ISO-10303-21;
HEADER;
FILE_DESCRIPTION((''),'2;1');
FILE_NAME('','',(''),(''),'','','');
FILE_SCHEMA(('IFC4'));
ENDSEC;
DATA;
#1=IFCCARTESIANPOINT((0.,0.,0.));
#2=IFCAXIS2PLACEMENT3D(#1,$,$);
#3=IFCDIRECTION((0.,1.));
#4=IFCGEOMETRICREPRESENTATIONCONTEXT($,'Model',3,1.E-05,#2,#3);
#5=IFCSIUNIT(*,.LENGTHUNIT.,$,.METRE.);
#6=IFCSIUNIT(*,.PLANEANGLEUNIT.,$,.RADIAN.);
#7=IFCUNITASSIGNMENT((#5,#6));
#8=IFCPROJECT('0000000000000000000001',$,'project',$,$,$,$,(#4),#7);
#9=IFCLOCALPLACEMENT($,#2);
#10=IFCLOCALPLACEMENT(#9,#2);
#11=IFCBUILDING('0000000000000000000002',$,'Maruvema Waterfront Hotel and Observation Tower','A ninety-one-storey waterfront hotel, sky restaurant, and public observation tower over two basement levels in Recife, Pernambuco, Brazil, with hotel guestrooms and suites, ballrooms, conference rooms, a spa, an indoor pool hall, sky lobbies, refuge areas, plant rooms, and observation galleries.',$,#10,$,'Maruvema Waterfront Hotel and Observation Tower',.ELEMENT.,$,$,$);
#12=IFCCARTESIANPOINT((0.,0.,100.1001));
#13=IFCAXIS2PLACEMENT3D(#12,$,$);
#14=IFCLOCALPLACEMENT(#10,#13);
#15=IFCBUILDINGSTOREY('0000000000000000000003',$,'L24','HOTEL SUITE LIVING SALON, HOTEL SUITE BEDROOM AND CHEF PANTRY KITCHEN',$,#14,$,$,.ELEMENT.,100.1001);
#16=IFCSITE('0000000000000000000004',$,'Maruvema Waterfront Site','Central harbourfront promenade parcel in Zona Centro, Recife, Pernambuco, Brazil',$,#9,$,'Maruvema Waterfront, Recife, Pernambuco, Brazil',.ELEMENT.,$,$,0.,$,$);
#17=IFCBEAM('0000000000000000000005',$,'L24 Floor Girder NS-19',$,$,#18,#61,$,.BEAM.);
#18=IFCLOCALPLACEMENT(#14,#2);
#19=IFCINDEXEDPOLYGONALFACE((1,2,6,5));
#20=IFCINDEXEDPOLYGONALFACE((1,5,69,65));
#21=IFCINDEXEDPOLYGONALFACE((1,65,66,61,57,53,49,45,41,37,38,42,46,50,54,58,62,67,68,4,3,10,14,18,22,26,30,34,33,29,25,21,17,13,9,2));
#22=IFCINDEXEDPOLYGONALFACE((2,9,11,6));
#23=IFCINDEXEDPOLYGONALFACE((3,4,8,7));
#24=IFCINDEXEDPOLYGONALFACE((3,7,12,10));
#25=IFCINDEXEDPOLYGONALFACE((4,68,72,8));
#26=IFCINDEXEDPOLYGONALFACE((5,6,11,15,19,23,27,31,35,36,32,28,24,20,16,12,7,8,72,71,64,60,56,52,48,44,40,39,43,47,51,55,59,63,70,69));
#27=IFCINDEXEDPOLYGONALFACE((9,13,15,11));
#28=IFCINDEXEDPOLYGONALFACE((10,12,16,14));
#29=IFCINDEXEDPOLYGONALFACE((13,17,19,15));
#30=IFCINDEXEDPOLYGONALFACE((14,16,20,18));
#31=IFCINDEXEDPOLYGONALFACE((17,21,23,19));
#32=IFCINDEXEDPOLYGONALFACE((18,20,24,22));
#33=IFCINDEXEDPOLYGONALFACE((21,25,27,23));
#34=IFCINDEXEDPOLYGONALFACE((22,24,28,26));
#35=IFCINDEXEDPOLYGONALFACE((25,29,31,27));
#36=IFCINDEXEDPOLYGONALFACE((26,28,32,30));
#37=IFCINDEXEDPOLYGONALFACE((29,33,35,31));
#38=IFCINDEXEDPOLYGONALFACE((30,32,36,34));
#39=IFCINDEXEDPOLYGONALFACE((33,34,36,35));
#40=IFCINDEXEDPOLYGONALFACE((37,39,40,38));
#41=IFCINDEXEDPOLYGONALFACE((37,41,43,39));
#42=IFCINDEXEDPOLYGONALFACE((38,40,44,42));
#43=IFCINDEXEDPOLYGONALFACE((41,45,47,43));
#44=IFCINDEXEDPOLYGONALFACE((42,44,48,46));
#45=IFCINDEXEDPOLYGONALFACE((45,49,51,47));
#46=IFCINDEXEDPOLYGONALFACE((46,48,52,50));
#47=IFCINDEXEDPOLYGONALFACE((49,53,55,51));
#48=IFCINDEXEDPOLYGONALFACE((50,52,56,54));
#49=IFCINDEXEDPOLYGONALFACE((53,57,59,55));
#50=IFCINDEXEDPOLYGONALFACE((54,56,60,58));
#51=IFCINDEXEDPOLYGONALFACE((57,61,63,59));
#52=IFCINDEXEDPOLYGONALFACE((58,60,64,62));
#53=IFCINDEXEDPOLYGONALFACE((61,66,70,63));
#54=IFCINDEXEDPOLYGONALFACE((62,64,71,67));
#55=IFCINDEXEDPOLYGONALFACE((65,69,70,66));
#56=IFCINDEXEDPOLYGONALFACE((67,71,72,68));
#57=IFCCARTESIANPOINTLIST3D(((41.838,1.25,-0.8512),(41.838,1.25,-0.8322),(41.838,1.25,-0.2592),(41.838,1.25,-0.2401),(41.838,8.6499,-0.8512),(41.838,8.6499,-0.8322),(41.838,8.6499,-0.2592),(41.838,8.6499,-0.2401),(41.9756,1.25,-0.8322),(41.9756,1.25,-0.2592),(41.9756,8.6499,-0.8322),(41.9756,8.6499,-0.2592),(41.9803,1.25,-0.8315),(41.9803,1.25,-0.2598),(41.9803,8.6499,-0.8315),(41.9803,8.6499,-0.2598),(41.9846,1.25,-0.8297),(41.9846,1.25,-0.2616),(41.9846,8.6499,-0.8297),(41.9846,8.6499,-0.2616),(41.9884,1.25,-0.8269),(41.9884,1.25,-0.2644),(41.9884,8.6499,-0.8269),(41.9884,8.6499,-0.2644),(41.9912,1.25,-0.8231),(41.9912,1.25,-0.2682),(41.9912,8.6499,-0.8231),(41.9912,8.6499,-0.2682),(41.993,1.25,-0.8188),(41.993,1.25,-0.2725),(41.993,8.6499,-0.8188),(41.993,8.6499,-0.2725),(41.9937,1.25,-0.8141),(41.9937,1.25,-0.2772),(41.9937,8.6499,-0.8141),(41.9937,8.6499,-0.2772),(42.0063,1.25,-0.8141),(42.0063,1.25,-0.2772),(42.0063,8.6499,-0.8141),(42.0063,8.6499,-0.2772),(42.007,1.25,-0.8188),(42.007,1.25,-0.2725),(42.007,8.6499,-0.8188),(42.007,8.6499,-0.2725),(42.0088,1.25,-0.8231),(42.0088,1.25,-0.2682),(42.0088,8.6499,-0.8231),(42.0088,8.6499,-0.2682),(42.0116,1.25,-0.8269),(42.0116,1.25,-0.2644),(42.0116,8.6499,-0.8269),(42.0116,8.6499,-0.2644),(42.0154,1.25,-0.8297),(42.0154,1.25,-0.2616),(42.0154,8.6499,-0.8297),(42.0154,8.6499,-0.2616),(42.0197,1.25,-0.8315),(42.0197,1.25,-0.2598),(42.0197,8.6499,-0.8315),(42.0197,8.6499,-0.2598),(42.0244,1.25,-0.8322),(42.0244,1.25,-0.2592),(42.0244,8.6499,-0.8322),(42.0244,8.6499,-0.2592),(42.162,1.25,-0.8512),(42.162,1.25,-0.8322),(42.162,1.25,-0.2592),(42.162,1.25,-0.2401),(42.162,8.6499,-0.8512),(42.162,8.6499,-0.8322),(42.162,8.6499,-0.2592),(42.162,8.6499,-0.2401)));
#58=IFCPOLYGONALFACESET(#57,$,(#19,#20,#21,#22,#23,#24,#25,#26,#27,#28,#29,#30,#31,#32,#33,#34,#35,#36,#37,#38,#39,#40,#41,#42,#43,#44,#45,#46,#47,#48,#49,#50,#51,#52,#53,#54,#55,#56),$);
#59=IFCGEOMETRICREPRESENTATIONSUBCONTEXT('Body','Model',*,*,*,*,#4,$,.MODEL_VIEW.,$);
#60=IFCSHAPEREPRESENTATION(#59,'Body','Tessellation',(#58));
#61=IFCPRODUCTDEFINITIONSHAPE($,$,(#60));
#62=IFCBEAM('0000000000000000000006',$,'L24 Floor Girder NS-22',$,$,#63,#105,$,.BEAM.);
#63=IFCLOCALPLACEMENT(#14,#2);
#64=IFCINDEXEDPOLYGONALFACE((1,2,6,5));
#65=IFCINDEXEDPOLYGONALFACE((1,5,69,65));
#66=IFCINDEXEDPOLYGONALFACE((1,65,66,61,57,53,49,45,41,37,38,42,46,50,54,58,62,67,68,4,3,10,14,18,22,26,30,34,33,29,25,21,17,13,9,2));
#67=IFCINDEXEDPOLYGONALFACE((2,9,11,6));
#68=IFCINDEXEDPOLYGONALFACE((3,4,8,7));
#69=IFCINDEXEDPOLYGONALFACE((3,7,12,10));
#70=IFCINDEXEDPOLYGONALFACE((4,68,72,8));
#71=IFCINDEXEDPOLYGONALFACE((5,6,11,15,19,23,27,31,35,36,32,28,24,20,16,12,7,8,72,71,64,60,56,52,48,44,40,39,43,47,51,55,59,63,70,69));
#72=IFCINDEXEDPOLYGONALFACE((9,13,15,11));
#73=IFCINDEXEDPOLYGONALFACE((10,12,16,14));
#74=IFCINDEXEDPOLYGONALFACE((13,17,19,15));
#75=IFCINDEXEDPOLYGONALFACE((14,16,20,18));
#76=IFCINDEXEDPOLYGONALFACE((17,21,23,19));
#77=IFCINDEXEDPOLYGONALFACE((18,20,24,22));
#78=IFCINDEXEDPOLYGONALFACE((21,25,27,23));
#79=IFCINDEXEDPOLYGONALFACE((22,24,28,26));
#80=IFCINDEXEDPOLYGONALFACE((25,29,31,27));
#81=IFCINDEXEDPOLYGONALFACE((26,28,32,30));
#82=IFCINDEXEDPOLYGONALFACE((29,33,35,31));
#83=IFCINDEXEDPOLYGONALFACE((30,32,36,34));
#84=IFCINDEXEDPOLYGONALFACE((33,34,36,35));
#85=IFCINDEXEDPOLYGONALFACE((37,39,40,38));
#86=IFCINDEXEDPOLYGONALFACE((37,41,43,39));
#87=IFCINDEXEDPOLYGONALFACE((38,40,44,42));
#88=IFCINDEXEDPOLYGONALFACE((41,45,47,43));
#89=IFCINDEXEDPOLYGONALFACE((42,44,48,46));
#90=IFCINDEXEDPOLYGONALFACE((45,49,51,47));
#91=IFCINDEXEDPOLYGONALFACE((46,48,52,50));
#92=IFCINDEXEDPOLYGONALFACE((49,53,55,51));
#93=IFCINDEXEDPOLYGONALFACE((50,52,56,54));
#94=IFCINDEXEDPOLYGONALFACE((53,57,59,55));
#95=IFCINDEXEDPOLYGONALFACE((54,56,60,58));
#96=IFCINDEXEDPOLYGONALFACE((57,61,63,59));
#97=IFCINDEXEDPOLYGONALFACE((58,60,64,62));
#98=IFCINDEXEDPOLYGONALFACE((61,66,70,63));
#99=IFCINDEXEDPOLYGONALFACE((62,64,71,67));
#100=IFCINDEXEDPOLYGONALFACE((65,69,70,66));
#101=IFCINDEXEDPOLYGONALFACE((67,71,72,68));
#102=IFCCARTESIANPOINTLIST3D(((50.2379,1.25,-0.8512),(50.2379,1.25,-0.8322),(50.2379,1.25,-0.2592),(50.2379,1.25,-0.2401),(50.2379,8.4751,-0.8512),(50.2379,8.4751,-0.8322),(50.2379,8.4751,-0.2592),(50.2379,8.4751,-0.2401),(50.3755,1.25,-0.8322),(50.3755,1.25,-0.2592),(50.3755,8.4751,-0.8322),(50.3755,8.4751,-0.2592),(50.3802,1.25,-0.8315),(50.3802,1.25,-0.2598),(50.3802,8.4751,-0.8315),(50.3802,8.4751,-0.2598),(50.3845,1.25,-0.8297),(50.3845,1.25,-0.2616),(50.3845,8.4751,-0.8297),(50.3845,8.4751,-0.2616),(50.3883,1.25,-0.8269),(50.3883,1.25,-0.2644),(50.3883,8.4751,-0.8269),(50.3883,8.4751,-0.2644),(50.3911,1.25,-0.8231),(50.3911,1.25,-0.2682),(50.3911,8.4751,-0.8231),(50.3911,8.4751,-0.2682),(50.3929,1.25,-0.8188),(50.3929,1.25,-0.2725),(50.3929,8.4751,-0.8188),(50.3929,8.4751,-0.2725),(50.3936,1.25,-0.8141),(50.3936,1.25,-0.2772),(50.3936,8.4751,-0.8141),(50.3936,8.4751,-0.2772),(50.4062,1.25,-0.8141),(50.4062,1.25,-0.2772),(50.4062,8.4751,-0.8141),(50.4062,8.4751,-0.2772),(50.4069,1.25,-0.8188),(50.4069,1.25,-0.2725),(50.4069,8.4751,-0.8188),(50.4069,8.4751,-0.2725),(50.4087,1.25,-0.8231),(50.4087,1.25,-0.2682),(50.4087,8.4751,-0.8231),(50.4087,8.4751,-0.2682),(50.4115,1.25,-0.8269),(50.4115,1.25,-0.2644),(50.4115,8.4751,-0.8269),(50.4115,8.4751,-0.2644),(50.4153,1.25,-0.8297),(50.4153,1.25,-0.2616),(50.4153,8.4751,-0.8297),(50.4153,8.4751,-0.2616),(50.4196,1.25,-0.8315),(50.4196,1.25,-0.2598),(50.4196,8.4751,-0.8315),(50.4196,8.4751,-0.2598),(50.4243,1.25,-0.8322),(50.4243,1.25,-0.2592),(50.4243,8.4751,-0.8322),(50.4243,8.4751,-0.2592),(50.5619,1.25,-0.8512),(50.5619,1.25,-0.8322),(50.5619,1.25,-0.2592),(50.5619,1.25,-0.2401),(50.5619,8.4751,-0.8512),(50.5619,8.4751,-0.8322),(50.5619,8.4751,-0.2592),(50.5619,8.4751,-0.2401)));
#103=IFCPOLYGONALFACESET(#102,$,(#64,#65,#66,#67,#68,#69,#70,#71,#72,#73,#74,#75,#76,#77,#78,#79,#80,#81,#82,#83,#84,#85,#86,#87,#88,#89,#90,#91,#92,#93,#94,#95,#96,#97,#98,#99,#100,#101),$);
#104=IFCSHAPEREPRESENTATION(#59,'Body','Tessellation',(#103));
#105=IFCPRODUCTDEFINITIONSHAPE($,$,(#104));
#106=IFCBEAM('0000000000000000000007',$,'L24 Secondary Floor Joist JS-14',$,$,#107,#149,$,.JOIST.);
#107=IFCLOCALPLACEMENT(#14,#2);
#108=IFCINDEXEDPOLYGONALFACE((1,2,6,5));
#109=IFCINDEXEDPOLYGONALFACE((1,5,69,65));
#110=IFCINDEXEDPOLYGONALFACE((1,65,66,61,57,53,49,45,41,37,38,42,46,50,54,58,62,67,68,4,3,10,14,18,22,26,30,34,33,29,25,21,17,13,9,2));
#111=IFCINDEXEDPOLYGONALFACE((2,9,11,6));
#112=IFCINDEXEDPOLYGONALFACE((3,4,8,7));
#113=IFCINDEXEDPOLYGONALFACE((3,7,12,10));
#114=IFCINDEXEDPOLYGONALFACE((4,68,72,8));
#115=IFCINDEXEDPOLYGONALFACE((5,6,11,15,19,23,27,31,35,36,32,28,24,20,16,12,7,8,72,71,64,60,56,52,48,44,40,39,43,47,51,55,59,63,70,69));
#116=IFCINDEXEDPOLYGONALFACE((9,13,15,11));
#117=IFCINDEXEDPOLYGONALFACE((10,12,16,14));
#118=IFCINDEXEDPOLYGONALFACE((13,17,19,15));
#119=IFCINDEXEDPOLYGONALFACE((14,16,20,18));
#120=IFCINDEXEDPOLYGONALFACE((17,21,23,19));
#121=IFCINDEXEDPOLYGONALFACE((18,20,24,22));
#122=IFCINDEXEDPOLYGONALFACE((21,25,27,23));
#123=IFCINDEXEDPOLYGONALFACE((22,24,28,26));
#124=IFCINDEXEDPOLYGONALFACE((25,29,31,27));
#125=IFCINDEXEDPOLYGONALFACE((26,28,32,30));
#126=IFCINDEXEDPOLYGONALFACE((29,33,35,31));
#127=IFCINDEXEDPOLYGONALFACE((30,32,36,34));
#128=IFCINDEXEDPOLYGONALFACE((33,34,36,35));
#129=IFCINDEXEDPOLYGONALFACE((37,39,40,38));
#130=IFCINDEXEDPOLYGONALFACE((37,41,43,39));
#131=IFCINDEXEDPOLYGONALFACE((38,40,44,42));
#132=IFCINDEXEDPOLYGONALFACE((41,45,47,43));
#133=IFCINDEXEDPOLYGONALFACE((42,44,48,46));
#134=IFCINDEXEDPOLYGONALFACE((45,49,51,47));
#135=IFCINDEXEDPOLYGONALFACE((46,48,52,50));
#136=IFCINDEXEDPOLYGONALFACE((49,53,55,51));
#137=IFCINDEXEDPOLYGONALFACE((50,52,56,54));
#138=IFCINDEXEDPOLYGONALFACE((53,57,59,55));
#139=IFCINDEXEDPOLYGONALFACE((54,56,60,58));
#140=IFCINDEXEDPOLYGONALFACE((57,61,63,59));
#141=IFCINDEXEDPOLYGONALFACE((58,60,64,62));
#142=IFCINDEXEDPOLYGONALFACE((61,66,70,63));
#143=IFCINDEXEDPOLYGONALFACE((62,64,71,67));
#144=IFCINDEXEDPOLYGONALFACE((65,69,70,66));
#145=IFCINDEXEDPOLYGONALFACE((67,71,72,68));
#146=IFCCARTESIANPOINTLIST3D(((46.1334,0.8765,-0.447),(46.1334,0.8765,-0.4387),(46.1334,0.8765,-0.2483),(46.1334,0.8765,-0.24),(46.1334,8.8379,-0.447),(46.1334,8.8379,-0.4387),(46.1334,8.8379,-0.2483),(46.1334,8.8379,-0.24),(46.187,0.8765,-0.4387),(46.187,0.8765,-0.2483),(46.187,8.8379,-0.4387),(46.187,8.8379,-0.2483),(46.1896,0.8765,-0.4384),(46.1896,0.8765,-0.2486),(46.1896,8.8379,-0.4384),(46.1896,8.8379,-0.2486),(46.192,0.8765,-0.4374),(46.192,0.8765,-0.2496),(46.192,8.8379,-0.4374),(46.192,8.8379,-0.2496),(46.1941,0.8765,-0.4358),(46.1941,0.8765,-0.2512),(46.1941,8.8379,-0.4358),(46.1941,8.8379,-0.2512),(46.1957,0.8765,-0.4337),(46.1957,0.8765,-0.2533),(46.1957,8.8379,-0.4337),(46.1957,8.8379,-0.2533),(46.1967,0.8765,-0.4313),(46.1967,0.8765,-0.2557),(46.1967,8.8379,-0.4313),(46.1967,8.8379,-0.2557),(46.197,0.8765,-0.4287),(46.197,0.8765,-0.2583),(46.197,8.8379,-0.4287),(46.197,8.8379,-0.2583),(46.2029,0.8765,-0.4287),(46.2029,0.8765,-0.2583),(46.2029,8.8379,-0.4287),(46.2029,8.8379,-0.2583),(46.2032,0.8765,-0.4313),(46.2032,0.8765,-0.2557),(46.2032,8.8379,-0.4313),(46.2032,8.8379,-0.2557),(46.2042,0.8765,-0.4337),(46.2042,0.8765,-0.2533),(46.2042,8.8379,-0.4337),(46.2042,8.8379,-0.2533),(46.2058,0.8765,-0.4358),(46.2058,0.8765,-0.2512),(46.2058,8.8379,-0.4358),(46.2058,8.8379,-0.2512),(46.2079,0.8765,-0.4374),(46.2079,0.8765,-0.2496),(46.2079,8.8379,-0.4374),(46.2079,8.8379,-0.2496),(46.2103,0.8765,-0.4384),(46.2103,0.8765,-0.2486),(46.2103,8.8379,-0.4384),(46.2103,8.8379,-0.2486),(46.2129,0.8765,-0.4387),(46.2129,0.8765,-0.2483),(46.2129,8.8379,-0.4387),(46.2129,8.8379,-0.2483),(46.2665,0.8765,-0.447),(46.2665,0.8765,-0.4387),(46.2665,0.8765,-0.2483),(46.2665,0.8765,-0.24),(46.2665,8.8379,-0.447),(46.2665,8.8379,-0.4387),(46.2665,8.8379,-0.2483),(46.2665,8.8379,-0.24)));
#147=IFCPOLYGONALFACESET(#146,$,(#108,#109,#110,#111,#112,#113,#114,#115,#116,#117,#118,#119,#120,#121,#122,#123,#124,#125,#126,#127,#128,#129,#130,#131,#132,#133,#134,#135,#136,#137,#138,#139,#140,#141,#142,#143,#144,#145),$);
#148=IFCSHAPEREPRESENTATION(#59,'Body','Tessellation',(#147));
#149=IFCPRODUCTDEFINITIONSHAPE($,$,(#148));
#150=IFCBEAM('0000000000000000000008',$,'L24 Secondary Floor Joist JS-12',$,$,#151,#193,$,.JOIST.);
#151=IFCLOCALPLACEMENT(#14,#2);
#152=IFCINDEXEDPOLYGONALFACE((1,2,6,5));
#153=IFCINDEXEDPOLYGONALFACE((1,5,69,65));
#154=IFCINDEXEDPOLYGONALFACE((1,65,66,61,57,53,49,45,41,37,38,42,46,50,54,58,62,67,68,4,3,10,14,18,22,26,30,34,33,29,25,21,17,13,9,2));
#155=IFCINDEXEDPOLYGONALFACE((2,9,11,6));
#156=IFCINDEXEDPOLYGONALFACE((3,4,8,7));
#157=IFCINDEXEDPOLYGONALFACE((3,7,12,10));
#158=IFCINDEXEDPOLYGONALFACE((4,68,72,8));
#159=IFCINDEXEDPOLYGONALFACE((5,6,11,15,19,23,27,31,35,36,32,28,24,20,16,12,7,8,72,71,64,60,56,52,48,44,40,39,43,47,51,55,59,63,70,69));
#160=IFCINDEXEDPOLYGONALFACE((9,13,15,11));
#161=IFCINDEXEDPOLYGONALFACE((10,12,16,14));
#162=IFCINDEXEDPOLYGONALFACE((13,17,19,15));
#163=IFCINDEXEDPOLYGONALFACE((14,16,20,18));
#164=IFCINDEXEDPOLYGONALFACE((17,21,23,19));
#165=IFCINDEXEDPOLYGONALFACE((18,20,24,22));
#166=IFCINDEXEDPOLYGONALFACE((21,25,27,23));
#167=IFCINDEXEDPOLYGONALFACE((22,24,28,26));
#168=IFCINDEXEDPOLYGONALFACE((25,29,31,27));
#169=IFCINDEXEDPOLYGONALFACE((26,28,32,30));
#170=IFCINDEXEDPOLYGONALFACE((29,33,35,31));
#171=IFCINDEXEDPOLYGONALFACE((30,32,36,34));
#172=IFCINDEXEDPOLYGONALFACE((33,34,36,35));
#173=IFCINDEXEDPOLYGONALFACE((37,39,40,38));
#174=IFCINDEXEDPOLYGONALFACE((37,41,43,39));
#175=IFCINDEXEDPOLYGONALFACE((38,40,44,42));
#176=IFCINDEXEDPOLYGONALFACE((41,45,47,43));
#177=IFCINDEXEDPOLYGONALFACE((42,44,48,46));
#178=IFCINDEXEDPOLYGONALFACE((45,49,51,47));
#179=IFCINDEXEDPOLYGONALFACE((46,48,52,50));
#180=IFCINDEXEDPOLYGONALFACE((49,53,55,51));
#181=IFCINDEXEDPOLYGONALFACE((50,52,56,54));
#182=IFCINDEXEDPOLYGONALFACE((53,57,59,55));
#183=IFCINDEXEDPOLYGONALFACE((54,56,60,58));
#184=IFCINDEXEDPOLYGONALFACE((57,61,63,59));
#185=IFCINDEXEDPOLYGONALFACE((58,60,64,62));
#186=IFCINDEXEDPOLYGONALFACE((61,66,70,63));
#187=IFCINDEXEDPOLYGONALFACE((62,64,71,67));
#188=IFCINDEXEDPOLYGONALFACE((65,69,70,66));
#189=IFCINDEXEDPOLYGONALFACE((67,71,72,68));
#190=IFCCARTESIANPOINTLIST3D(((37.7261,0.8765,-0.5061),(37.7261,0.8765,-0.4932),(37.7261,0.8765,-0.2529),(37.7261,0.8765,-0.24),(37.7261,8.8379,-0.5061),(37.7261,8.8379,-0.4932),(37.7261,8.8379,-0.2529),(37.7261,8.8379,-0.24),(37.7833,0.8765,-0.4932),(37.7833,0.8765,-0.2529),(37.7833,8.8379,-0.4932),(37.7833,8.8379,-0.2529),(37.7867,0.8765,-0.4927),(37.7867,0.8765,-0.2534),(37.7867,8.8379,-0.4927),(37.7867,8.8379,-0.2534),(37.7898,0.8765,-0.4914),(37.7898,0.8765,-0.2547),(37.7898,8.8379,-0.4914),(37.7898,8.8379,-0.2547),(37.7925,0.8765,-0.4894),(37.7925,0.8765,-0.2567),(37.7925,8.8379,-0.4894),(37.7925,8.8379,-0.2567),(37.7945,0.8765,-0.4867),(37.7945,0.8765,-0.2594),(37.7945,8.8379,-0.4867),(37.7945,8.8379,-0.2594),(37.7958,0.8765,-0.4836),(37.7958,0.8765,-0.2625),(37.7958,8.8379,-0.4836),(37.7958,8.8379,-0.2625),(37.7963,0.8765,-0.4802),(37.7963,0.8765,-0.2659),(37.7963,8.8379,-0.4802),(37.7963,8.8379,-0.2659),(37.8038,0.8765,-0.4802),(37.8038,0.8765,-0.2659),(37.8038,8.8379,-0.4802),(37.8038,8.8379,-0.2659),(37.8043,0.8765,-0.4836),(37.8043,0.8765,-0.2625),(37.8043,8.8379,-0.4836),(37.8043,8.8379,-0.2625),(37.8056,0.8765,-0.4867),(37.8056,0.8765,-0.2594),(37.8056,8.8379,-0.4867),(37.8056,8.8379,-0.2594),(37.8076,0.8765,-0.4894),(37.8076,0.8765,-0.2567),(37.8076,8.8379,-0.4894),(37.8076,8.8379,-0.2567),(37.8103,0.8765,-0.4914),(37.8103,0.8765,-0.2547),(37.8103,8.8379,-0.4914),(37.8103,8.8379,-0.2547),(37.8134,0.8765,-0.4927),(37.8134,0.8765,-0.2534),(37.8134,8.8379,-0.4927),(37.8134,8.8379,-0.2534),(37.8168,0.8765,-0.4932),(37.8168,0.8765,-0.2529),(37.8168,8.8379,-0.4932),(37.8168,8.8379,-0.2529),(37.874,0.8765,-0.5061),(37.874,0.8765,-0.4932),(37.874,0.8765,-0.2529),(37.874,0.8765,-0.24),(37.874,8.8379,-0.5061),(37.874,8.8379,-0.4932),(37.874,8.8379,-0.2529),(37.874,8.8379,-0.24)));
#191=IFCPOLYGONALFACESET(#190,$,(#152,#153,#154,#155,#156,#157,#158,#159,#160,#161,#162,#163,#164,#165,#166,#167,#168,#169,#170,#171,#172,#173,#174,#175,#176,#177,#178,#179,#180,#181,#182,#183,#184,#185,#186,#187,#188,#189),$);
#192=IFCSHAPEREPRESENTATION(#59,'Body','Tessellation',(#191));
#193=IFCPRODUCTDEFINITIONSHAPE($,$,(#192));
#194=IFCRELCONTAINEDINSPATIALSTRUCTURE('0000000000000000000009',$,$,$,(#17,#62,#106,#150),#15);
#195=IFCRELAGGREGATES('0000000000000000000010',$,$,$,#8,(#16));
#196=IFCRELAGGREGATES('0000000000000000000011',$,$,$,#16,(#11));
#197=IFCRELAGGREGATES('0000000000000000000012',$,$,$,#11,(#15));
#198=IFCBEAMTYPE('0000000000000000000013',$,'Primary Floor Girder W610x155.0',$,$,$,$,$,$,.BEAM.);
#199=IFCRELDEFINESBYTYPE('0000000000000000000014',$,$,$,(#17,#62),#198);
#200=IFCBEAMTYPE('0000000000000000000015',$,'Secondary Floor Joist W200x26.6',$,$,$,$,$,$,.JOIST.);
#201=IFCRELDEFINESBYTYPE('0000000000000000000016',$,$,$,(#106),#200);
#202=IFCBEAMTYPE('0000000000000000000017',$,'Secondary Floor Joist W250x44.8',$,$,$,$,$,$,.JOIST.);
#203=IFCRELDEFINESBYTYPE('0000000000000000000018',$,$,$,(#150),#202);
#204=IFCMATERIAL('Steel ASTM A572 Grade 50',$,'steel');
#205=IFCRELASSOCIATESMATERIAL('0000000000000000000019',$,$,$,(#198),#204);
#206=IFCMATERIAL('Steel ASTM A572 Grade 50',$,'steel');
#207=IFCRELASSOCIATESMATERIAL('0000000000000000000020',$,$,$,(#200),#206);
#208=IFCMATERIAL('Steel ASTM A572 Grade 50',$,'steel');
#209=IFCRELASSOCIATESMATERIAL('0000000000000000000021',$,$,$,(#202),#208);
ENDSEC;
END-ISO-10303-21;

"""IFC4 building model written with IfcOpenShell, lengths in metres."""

from ifc_helpers import new_model, si_unit, direction, frame, origin, origin_2d, place, context, subcontext, project, spatial, i_section, extrude, material, material_profile, profile_set, type_object, element, save


model = new_model("IFC4")

# Units and contexts
model_context = context("Model", 3, precision=1e-05, world=origin(), true_north=direction((0.0, 1.0)))
body_context = subcontext(model_context, "Body", "Model", "MODEL_VIEW")
ifc_project = project(units=[si_unit("LENGTHUNIT", "METRE"), si_unit("PLANEANGLEUNIT", "RADIAN")], contexts=[model_context])

# Site, building, storey
site_placement = place(None, origin())
site = spatial("IfcSite", under=ifc_project, at=site_placement, Name="Maruvema Waterfront Site", Description="Central harbourfront promenade parcel in Zona Centro, Recife, Pernambuco, Brazil", LongName="Maruvema Waterfront, Recife, Pernambuco, Brazil", CompositionType="ELEMENT", RefElevation=0.0)
building_placement = place(site_placement, origin())
building = spatial("IfcBuilding", under=site, at=building_placement, Name="Maruvema Waterfront Hotel and Observation Tower", Description="A ninety-one-storey waterfront hotel, sky restaurant, and public observation tower over two basement levels in Recife, Pernambuco, Brazil, with hotel guestrooms and suites, ballrooms, conference rooms, a spa, an indoor pool hall, sky lobbies, refuge areas, plant rooms, and observation galleries.", LongName="Maruvema Waterfront Hotel and Observation Tower", CompositionType="ELEMENT")
storey_placement = place(building_placement, frame((0.0, 0.0, 100.1001)))
storey = spatial("IfcBuildingStorey", under=building, at=storey_placement, Name="L24", Description="HOTEL SUITE LIVING SALON, HOTEL SUITE BEDROOM AND CHEF PANTRY KITCHEN", CompositionType="ELEMENT", Elevation=100.1001)

# Beams
ifc_material_1 = material(Name="Steel ASTM A572 Grade 50", Category="steel")
ifc_material_profile_1 = material_profile(ifc_material_1, i_section(OverallWidth=0.324, OverallDepth=0.6111, WebThickness=0.0127, FlangeThickness=0.019, FilletRadius=0.0181, at=origin_2d()), Name="W610x155.0")
ifc_profile_set_1 = profile_set([ifc_material_profile_1], Name="Steel ASTM A572 Grade 50")
beam_type_1 = type_object("IfcBeamType", Name="Primary Floor Girder W610x155.0", PredefinedType="BEAM", material=ifc_profile_set_1)
beam_1_placement = place(storey_placement, frame((42.0, 1.25, -0.5457), z_axis=(0.0, 1.0, 0.0), x_axis=(-1.0, 0.0, 0.0)))
element("IfcBeam", 1, at=beam_1_placement, inside=storey, type_object=beam_type_1, Name="L24 Floor Girder NS-19", PredefinedType="BEAM", context=body_context, shape_type="SweptSolid", body=[
    extrude(i_section(OverallWidth=0.324, OverallDepth=0.6111, WebThickness=0.0127, FlangeThickness=0.019, FilletRadius=0.0181, at=origin_2d()), origin(), (0.0, 0.0, 1.0), 7.3999),
])
beam_2_placement = place(storey_placement, frame((50.3999, 1.25, -0.5457), z_axis=(0.0, 1.0, 0.0), x_axis=(-1.0, 0.0, 0.0)))
element("IfcBeam", 2, at=beam_2_placement, inside=storey, type_object=beam_type_1, Name="L24 Floor Girder NS-22", PredefinedType="BEAM", context=body_context, shape_type="SweptSolid", body=[
    extrude(i_section(OverallWidth=0.324, OverallDepth=0.6111, WebThickness=0.0127, FlangeThickness=0.019, FilletRadius=0.0181, at=origin_2d()), origin(), (0.0, 0.0, 1.0), 7.2251),
])
ifc_material_2 = material(Name="Steel ASTM A572 Grade 50", Category="steel")
ifc_material_profile_2 = material_profile(ifc_material_2, i_section(OverallWidth=0.1331, OverallDepth=0.207, WebThickness=0.0059, FlangeThickness=0.0083, FilletRadius=0.01, at=origin_2d()), Name="W200x26.6")
ifc_profile_set_2 = profile_set([ifc_material_profile_2], Name="Steel ASTM A572 Grade 50")
beam_type_2 = type_object("IfcBeamType", Name="Secondary Floor Joist W200x26.6", PredefinedType="JOIST", material=ifc_profile_set_2)
beam_3_placement = place(storey_placement, frame((46.2, 0.8765, -0.3435), z_axis=(0.0, 1.0, 0.0), x_axis=(-1.0, 0.0, 0.0)))
element("IfcBeam", 3, at=beam_3_placement, inside=storey, type_object=beam_type_2, Name="L24 Secondary Floor Joist JS-14", PredefinedType="JOIST", context=body_context, shape_type="SweptSolid", body=[
    extrude(i_section(OverallWidth=0.1331, OverallDepth=0.207, WebThickness=0.0059, FlangeThickness=0.0083, FilletRadius=0.01, at=origin_2d()), origin(), (0.0, 0.0, 1.0), 7.9614),
])
ifc_material_3 = material(Name="Steel ASTM A572 Grade 50", Category="steel")
ifc_material_profile_3 = material_profile(ifc_material_3, i_section(OverallWidth=0.1479, OverallDepth=0.2661, WebThickness=0.0076, FlangeThickness=0.0129, FilletRadius=0.0129, at=origin_2d()), Name="W250x44.8")
ifc_profile_set_3 = profile_set([ifc_material_profile_3], Name="Steel ASTM A572 Grade 50")
beam_type_3 = type_object("IfcBeamType", Name="Secondary Floor Joist W250x44.8", PredefinedType="JOIST", material=ifc_profile_set_3)
beam_4_placement = place(storey_placement, frame((37.8, 0.8765, -0.373), z_axis=(0.0, 1.0, 0.0), x_axis=(-1.0, 0.0, 0.0)))
element("IfcBeam", 4, at=beam_4_placement, inside=storey, type_object=beam_type_3, Name="L24 Secondary Floor Joist JS-12", PredefinedType="JOIST", context=body_context, shape_type="SweptSolid", body=[
    extrude(i_section(OverallWidth=0.1479, OverallDepth=0.2661, WebThickness=0.0076, FlangeThickness=0.0129, FilletRadius=0.0129, at=origin_2d()), origin(), (0.0, 0.0, 1.0), 7.9614),
])

save(model, "model.ifc")
